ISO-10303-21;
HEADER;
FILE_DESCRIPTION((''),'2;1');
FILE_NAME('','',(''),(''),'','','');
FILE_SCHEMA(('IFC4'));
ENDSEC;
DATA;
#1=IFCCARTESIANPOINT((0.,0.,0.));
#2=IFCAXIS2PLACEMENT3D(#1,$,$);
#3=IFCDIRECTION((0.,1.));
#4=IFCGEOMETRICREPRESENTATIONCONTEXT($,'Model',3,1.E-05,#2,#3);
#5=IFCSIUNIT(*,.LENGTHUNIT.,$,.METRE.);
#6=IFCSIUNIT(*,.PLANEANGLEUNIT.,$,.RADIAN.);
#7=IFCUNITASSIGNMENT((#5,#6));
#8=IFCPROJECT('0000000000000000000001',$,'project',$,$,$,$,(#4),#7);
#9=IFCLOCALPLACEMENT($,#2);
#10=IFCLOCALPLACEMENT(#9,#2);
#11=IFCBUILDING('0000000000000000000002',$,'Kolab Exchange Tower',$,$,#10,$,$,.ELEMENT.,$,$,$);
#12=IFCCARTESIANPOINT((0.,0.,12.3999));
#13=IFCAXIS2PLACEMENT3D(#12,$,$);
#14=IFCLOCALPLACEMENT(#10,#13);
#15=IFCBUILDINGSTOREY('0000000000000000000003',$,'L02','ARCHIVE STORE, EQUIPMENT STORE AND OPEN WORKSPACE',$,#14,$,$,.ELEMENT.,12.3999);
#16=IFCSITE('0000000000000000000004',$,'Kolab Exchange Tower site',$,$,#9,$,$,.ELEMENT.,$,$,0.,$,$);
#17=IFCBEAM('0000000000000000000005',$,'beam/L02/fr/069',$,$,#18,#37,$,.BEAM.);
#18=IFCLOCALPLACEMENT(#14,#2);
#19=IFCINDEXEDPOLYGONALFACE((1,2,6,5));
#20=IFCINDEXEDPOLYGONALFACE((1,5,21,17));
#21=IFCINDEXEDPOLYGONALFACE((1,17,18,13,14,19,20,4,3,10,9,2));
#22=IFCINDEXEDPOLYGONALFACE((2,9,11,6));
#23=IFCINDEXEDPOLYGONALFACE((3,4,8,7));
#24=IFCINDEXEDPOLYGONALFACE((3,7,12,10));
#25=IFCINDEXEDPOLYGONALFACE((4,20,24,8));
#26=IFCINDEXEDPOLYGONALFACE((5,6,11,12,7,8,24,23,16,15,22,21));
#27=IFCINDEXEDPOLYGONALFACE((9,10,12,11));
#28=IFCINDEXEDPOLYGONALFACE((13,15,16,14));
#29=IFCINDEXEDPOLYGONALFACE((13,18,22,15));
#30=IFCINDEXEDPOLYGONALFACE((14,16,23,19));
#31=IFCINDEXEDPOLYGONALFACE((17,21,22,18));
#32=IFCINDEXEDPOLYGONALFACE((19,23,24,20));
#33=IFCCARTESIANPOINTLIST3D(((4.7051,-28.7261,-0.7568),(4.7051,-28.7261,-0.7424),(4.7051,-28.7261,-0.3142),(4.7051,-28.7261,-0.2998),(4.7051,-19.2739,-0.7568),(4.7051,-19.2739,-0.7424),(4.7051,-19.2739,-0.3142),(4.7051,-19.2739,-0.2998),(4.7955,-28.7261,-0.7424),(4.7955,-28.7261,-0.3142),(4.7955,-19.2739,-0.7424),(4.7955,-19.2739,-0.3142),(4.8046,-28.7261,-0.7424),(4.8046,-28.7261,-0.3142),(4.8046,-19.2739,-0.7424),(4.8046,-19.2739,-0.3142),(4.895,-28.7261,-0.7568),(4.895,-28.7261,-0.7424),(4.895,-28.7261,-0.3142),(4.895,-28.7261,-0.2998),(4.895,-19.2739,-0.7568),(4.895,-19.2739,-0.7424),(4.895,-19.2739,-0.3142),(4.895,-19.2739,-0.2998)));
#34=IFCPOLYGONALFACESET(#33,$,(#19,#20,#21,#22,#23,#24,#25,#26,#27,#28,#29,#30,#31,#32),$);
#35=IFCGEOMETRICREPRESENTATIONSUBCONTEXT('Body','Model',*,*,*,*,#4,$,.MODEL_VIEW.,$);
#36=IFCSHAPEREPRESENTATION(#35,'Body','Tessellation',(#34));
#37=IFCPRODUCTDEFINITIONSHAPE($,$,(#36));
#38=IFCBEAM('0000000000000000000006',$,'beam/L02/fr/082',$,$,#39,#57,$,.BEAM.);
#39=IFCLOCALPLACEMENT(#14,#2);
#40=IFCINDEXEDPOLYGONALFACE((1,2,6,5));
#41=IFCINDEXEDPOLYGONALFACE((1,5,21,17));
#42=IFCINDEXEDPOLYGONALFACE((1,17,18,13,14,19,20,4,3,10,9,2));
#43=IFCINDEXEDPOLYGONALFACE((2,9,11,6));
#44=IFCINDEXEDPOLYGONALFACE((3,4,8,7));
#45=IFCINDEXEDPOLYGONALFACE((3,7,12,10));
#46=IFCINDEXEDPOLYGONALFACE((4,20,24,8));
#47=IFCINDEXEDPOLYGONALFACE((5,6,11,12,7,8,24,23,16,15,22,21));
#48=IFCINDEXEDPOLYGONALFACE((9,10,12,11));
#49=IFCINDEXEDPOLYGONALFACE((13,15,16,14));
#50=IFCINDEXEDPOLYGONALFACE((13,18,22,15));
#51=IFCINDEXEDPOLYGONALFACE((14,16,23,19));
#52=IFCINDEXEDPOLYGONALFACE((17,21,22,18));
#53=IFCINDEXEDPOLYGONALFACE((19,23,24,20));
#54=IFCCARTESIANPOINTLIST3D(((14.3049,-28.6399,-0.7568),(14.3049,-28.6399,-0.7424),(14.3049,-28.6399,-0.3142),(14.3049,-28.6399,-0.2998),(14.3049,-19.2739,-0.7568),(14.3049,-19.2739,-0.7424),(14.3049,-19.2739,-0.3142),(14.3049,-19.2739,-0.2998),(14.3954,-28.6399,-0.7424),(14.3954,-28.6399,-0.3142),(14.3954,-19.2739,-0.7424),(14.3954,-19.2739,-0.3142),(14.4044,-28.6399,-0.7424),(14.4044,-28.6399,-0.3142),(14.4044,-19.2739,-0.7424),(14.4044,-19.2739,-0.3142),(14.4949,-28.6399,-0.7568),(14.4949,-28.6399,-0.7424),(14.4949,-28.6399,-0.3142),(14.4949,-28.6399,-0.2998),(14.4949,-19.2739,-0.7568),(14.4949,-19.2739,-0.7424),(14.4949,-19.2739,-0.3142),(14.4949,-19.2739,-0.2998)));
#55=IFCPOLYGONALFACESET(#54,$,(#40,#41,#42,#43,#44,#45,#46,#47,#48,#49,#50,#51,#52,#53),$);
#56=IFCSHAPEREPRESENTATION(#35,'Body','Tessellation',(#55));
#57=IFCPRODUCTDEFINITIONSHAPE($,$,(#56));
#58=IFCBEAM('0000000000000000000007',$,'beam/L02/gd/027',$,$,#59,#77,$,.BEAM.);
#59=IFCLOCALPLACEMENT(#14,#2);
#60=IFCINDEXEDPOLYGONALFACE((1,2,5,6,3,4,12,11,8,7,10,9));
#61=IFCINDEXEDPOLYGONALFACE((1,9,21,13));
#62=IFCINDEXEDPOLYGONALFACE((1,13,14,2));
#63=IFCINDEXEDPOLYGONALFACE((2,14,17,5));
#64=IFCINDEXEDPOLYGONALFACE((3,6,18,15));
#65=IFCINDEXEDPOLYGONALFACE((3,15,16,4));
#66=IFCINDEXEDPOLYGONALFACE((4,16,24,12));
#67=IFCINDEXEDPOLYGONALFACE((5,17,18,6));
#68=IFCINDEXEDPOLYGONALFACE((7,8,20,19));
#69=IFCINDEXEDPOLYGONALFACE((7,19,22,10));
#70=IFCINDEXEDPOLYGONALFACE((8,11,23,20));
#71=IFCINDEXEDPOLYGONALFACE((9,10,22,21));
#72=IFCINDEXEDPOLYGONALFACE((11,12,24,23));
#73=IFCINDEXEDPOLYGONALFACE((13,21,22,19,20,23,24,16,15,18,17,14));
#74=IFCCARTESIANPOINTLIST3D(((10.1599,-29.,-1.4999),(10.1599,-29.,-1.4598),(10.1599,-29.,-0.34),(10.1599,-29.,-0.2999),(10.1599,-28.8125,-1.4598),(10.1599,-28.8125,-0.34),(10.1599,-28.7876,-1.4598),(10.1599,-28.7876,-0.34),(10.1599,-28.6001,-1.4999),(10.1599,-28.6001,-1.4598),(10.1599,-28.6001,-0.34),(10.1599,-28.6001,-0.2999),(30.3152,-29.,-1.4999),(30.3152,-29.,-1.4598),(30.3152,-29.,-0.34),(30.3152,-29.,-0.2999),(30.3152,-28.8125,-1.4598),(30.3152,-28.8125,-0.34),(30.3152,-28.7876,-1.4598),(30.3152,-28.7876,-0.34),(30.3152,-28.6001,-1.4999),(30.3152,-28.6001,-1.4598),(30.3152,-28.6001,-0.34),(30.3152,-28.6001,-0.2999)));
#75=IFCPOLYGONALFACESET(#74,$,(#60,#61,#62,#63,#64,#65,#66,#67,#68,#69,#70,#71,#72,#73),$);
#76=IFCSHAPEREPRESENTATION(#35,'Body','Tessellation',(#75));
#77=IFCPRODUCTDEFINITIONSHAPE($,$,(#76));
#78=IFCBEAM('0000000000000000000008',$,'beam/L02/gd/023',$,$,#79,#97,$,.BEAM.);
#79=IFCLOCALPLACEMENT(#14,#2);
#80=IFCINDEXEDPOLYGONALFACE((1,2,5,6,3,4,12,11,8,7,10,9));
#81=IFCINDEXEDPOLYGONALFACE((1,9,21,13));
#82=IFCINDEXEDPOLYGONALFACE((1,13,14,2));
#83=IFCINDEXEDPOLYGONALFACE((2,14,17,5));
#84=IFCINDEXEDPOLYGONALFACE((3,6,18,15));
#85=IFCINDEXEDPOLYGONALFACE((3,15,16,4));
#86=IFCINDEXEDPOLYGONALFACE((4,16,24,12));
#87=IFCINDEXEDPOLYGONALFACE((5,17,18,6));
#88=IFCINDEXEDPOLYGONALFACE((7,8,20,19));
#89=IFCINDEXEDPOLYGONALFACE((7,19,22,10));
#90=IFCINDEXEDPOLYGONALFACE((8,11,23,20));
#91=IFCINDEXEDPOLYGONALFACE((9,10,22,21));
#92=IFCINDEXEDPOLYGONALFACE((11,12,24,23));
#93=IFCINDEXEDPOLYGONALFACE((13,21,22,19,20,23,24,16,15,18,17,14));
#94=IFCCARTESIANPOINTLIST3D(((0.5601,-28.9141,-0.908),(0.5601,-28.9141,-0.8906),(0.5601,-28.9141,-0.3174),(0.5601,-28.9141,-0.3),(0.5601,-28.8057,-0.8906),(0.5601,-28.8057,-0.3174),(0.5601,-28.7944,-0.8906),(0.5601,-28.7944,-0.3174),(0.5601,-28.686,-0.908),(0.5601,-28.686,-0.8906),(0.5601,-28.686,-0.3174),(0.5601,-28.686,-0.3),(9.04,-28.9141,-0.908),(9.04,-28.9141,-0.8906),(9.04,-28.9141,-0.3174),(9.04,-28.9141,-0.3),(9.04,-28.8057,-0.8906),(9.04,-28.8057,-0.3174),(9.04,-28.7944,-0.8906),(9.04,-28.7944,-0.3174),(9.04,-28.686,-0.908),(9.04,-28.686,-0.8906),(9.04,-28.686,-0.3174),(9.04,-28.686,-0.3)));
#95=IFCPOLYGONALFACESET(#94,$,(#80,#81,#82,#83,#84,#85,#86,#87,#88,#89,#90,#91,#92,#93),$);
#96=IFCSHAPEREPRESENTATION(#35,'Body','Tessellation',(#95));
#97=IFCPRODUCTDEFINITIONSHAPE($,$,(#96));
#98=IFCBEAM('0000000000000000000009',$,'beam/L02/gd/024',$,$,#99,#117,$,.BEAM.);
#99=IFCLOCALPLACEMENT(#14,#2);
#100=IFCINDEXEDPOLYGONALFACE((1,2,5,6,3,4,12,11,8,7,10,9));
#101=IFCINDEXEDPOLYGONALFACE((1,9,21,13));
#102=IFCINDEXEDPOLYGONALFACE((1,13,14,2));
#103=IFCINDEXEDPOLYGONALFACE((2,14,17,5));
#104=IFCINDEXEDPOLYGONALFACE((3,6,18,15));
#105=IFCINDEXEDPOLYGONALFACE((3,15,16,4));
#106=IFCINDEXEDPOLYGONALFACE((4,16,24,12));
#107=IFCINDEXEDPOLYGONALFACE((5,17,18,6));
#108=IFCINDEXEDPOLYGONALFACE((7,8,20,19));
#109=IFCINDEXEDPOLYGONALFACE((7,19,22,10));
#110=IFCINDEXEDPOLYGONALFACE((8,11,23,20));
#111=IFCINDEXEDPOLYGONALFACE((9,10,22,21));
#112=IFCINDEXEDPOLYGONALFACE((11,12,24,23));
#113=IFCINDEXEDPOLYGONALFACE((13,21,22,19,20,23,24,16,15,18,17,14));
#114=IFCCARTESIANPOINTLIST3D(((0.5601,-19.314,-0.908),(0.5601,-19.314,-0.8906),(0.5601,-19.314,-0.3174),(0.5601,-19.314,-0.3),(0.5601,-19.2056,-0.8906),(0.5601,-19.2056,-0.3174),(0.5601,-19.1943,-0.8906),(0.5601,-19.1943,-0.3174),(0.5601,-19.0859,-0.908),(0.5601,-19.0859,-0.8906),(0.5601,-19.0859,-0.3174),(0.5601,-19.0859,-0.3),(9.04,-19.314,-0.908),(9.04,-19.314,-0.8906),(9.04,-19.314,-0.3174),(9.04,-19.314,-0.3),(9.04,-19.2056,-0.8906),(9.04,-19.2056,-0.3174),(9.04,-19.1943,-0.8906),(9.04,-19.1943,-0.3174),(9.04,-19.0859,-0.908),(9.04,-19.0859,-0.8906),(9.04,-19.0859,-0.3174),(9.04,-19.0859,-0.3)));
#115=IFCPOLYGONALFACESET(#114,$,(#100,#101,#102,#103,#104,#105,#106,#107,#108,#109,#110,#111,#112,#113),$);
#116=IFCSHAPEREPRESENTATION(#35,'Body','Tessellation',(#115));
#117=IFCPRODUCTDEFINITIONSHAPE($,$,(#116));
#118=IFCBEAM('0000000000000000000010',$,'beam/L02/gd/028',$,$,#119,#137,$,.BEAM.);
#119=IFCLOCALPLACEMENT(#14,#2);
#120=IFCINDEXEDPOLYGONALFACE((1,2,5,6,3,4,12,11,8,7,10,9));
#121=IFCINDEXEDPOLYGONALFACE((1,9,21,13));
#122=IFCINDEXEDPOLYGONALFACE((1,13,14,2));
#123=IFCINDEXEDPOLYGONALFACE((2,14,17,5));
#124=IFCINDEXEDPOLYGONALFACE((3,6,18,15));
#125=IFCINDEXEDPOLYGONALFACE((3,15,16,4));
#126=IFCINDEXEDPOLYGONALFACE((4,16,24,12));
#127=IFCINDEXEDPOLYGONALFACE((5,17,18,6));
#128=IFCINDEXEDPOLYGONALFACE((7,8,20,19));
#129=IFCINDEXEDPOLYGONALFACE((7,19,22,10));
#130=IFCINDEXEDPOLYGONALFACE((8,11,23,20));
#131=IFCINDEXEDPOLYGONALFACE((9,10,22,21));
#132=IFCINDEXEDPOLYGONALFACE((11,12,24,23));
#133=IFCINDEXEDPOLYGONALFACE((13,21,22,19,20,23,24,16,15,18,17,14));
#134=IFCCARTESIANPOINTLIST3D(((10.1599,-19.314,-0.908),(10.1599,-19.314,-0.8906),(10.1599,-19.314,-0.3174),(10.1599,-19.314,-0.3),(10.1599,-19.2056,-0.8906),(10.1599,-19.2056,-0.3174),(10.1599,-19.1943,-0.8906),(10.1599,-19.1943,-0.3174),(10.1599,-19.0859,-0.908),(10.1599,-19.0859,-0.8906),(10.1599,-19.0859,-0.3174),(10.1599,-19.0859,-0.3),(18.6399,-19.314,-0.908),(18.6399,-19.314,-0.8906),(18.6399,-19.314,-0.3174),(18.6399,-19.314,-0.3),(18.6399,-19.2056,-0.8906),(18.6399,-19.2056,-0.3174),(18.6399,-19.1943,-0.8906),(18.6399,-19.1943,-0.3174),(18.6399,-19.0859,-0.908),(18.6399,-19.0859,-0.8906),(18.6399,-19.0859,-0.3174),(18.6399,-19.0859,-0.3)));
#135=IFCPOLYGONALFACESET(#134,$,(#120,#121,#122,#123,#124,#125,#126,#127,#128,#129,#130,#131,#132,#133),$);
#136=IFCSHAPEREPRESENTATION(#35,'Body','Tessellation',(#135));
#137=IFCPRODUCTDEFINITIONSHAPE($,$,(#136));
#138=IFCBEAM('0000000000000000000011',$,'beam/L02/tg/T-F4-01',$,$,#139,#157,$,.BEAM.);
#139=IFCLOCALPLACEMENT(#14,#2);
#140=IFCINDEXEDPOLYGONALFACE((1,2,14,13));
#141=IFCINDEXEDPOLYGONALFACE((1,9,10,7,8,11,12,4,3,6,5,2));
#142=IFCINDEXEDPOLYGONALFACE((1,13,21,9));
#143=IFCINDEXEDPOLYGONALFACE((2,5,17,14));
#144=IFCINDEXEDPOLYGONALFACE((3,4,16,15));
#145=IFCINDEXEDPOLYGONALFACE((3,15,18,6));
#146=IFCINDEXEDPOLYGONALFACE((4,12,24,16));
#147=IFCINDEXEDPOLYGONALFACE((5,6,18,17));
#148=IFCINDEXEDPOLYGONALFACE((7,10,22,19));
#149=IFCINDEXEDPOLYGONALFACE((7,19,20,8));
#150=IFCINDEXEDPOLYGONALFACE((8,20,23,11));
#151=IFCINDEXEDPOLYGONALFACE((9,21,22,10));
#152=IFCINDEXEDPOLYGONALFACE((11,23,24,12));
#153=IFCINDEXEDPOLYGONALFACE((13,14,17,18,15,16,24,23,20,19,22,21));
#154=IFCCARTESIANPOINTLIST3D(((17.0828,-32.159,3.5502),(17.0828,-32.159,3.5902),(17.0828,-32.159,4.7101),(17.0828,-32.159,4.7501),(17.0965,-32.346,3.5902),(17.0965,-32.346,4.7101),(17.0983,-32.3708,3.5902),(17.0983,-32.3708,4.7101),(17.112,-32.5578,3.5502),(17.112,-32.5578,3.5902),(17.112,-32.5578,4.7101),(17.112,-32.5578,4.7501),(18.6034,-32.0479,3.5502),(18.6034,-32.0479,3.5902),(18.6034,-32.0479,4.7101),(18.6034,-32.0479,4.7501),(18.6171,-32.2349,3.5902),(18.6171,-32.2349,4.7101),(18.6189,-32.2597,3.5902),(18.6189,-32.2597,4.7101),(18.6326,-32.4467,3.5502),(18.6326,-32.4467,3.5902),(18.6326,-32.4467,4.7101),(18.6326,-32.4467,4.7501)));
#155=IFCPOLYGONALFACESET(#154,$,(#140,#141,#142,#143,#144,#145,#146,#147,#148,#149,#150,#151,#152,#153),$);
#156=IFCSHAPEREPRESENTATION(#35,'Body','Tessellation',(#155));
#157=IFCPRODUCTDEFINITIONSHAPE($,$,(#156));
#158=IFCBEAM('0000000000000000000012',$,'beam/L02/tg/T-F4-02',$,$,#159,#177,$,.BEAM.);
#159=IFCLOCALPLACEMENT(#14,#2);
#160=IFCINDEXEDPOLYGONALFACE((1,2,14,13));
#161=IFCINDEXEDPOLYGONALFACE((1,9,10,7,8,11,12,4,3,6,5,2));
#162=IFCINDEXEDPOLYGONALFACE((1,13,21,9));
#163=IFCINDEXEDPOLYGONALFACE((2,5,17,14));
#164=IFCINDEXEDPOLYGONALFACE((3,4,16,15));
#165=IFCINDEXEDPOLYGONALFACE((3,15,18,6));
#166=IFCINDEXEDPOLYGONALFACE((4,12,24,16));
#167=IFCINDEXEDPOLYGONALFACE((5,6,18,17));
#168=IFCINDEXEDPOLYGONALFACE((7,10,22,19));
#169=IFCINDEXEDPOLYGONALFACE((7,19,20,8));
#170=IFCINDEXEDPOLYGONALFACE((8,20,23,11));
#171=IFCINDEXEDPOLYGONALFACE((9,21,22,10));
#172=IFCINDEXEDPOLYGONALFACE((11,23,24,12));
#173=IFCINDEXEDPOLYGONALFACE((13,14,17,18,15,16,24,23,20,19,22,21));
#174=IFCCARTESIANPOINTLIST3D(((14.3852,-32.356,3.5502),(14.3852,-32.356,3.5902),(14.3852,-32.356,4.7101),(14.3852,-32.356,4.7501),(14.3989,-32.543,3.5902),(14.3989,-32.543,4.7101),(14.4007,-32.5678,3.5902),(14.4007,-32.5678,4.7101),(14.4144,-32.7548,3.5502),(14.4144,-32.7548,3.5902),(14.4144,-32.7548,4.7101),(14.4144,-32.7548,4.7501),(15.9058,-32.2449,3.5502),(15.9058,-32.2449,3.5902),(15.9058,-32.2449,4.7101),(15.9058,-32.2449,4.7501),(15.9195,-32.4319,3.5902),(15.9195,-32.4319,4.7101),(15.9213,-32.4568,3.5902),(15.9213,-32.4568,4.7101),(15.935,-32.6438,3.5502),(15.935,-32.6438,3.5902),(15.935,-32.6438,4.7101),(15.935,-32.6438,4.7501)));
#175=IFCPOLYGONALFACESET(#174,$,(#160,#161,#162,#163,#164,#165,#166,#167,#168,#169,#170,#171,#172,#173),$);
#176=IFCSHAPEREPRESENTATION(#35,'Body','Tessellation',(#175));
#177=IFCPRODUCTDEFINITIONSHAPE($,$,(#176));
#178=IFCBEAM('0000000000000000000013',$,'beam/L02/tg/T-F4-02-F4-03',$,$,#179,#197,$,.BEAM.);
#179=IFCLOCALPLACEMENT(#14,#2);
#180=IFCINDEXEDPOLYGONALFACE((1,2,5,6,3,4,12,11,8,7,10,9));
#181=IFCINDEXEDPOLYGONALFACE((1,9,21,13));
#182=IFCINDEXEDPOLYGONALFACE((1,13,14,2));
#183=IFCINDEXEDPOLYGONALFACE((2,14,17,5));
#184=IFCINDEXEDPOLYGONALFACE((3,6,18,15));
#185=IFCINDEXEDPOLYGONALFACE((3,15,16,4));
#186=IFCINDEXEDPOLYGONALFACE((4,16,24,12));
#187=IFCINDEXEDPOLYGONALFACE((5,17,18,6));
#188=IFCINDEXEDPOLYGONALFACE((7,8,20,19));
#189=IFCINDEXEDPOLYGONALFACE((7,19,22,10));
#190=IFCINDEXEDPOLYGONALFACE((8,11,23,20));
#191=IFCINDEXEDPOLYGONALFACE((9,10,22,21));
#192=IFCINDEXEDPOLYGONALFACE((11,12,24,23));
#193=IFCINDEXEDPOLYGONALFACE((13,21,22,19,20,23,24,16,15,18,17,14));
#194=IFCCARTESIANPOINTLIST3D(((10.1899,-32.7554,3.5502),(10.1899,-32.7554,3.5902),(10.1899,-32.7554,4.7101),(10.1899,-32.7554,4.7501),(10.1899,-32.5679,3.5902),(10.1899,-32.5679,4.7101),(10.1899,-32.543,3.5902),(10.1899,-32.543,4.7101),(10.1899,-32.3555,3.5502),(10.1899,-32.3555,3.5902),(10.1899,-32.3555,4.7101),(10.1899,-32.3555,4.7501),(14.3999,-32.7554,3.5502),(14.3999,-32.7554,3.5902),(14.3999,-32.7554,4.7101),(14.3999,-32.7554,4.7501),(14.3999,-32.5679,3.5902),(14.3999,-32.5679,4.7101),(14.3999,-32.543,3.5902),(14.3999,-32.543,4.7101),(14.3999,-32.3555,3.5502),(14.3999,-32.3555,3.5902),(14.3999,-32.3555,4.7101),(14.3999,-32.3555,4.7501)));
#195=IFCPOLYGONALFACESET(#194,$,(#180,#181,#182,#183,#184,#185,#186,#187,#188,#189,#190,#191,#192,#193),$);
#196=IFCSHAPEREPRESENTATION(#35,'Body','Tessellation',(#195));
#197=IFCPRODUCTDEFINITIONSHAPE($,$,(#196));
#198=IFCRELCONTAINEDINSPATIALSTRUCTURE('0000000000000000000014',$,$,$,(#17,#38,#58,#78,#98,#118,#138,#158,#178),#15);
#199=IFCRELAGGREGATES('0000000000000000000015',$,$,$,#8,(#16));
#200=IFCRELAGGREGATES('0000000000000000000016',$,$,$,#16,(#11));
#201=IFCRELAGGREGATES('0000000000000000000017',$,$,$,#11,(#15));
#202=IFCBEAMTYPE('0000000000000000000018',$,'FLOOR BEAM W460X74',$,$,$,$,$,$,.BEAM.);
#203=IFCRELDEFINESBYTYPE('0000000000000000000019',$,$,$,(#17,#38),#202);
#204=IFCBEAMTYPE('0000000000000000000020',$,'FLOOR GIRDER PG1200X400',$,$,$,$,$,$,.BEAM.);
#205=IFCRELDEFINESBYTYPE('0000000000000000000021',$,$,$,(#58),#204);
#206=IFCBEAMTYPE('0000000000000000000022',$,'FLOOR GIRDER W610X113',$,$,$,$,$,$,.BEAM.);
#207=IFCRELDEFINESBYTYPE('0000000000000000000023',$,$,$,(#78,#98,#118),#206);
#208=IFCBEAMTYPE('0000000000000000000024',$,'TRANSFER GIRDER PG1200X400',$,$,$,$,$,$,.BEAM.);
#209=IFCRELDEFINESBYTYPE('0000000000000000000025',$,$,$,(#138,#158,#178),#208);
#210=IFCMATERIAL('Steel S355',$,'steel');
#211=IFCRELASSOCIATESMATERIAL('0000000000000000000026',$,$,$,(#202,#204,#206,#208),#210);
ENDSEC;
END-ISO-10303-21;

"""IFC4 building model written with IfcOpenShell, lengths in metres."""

from ifc_helpers import new_model, si_unit, direction, frame, origin, origin_2d, place, context, subcontext, project, spatial, i_section, extrude, material, material_profile, profile_set, type_object, element, save


model = new_model("IFC4")

# Units and contexts
model_context = context("Model", 3, precision=1e-05, world=origin(), true_north=direction((0.0, 1.0)))
body_context = subcontext(model_context, "Body", "Model", "MODEL_VIEW")
ifc_project = project(units=[si_unit("LENGTHUNIT", "METRE"), si_unit("PLANEANGLEUNIT", "RADIAN")], contexts=[model_context])

# Site, building, storey
site_placement = place(None, origin())
site = spatial("IfcSite", under=ifc_project, at=site_placement, Name="Kolab Exchange Tower site", CompositionType="ELEMENT", RefElevation=0.0)
building_placement = place(site_placement, origin())
building = spatial("IfcBuilding", under=site, at=building_placement, Name="Kolab Exchange Tower", CompositionType="ELEMENT")
storey_placement = place(building_placement, frame((0.0, 0.0, 12.3999)))
storey = spatial("IfcBuildingStorey", under=building, at=storey_placement, Name="L02", Description="ARCHIVE STORE, EQUIPMENT STORE AND OPEN WORKSPACE", CompositionType="ELEMENT", Elevation=12.3999)

# Beams
ifc_material_1 = material(Name="Steel S355", Category="steel")
ifc_material_profile_1 = material_profile(ifc_material_1, i_section(OverallWidth=0.1899, OverallDepth=0.457, WebThickness=0.009, FlangeThickness=0.0144, at=origin_2d()), Name="W460X74")
ifc_profile_set_1 = profile_set([ifc_material_profile_1], Name="Steel S355")
beam_type_1 = type_object("IfcBeamType", Name="FLOOR BEAM W460X74", PredefinedType="BEAM", material=ifc_profile_set_1)
beam_1_placement = place(storey_placement, frame((4.8, -28.7261, -0.5283), z_axis=(0.0, 1.0, 0.0), x_axis=(-1.0, 0.0, 0.0)))
element("IfcBeam", 1, at=beam_1_placement, inside=storey, type_object=beam_type_1, Name="beam/L02/fr/069", PredefinedType="BEAM", context=body_context, shape_type="SweptSolid", body=[
    extrude(i_section(OverallWidth=0.1899, OverallDepth=0.457, WebThickness=0.009, FlangeThickness=0.0144, at=origin_2d()), origin(), (0.0, 0.0, 1.0), 9.4521),
])
beam_2_placement = place(storey_placement, frame((14.3999, -28.6399, -0.5283), z_axis=(0.0, 1.0, 0.0), x_axis=(-1.0, 0.0, 0.0)))
element("IfcBeam", 2, at=beam_2_placement, inside=storey, type_object=beam_type_1, Name="beam/L02/fr/082", PredefinedType="BEAM", context=body_context, shape_type="SweptSolid", body=[
    extrude(i_section(OverallWidth=0.1899, OverallDepth=0.457, WebThickness=0.009, FlangeThickness=0.0144, at=origin_2d()), origin(), (0.0, 0.0, 1.0), 9.366),
])
ifc_material_profile_2 = material_profile(ifc_material_1, i_section(OverallWidth=0.3999, OverallDepth=1.2, WebThickness=0.0249, FlangeThickness=0.04, at=origin_2d()), Name="PG1200X400")
ifc_profile_set_2 = profile_set([ifc_material_profile_2], Name="Steel S355")
beam_type_2 = type_object("IfcBeamType", Name="FLOOR GIRDER PG1200X400", PredefinedType="BEAM", material=ifc_profile_set_2)
beam_3_placement = place(storey_placement, frame((10.1599, -28.8, -0.8999), z_axis=(1.0, 0.0, 0.0), x_axis=(0.0, 1.0, 0.0)))
element("IfcBeam", 3, at=beam_3_placement, inside=storey, type_object=beam_type_2, Name="beam/L02/gd/027", PredefinedType="BEAM", context=body_context, shape_type="SweptSolid", body=[
    extrude(i_section(OverallWidth=0.3999, OverallDepth=1.2, WebThickness=0.0249, FlangeThickness=0.04, at=origin_2d()), origin(), (0.0, 0.0, 1.0), 20.1553),
])
ifc_material_profile_3 = material_profile(ifc_material_1, i_section(OverallWidth=0.228, OverallDepth=0.6079, WebThickness=0.0112, FlangeThickness=0.0173, at=origin_2d()), Name="W610X113")
ifc_profile_set_3 = profile_set([ifc_material_profile_3], Name="Steel S355")
beam_type_3 = type_object("IfcBeamType", Name="FLOOR GIRDER W610X113", PredefinedType="BEAM", material=ifc_profile_set_3)
for number, where, z_axis, x_axis, name in (
    (4, (0.5601, -28.8, -0.604), (1.0, 0.0, 0.0), (0.0, 1.0, 0.0), "beam/L02/gd/023"),
    (5, (0.5601, -19.2, -0.604), (1.0, 0.0, 0.0), (0.0, 1.0, 0.0), "beam/L02/gd/024"),
    (6, (10.1599, -19.2, -0.604), (1.0, 0.0, 0.0), (0.0, 1.0, 0.0), "beam/L02/gd/028"),
):
    element("IfcBeam", number, at=place(storey_placement, frame(where, z_axis=z_axis, x_axis=x_axis)), inside=storey, type_object=beam_type_3, Name=name, PredefinedType="BEAM", context=body_context, shape_type="SweptSolid", body=[
        extrude(i_section(OverallWidth=0.228, OverallDepth=0.6079, WebThickness=0.0112, FlangeThickness=0.0173, at=origin_2d()), origin(), (0.0, 0.0, 1.0), 8.48),
    ])
ifc_material_profile_4 = material_profile(ifc_material_1, i_section(OverallWidth=0.3999, OverallDepth=1.2, WebThickness=0.0249, FlangeThickness=0.04, at=origin_2d()), Name="PG1200X400")
ifc_profile_set_4 = profile_set([ifc_material_profile_4], Name="Steel S355")
beam_type_4 = type_object("IfcBeamType", Name="TRANSFER GIRDER PG1200X400", PredefinedType="BEAM", material=ifc_profile_set_4)
for number, where, z_axis, x_axis, name in (
    (7, (17.0974, -32.3584, 4.1501), (0.997342, 0.072863, 0.0), (-0.072863, 0.997342, 0.0), "beam/L02/tg/T-F4-01"),
    (8, (15.9204, -32.4443, 4.1501), (-0.997342, -0.072863, 0.0), (0.072863, -0.997342, 0.0), "beam/L02/tg/T-F4-02"),
):
    element("IfcBeam", number, at=place(storey_placement, frame(where, z_axis=z_axis, x_axis=x_axis)), inside=storey, type_object=beam_type_4, Name=name, PredefinedType="BEAM", context=body_context, shape_type="SweptSolid", body=[
        extrude(i_section(OverallWidth=0.3999, OverallDepth=1.2, WebThickness=0.0249, FlangeThickness=0.04, at=origin_2d()), origin(), (0.0, 0.0, 1.0), 1.5247),
    ])
beam_4_placement = place(storey_placement, frame((14.3999, -32.5554, 4.1501), z_axis=(-1.0, 0.0, 0.0), x_axis=(0.0, -1.0, 0.0)))
element("IfcBeam", 9, at=beam_4_placement, inside=storey, type_object=beam_type_4, Name="beam/L02/tg/T-F4-02-F4-03", PredefinedType="BEAM", context=body_context, shape_type="SweptSolid", body=[
    extrude(i_section(OverallWidth=0.3999, OverallDepth=1.2, WebThickness=0.0249, FlangeThickness=0.04, at=origin_2d()), origin(), (0.0, 0.0, 1.0), 4.21),
])

save(model, "model.ifc")
